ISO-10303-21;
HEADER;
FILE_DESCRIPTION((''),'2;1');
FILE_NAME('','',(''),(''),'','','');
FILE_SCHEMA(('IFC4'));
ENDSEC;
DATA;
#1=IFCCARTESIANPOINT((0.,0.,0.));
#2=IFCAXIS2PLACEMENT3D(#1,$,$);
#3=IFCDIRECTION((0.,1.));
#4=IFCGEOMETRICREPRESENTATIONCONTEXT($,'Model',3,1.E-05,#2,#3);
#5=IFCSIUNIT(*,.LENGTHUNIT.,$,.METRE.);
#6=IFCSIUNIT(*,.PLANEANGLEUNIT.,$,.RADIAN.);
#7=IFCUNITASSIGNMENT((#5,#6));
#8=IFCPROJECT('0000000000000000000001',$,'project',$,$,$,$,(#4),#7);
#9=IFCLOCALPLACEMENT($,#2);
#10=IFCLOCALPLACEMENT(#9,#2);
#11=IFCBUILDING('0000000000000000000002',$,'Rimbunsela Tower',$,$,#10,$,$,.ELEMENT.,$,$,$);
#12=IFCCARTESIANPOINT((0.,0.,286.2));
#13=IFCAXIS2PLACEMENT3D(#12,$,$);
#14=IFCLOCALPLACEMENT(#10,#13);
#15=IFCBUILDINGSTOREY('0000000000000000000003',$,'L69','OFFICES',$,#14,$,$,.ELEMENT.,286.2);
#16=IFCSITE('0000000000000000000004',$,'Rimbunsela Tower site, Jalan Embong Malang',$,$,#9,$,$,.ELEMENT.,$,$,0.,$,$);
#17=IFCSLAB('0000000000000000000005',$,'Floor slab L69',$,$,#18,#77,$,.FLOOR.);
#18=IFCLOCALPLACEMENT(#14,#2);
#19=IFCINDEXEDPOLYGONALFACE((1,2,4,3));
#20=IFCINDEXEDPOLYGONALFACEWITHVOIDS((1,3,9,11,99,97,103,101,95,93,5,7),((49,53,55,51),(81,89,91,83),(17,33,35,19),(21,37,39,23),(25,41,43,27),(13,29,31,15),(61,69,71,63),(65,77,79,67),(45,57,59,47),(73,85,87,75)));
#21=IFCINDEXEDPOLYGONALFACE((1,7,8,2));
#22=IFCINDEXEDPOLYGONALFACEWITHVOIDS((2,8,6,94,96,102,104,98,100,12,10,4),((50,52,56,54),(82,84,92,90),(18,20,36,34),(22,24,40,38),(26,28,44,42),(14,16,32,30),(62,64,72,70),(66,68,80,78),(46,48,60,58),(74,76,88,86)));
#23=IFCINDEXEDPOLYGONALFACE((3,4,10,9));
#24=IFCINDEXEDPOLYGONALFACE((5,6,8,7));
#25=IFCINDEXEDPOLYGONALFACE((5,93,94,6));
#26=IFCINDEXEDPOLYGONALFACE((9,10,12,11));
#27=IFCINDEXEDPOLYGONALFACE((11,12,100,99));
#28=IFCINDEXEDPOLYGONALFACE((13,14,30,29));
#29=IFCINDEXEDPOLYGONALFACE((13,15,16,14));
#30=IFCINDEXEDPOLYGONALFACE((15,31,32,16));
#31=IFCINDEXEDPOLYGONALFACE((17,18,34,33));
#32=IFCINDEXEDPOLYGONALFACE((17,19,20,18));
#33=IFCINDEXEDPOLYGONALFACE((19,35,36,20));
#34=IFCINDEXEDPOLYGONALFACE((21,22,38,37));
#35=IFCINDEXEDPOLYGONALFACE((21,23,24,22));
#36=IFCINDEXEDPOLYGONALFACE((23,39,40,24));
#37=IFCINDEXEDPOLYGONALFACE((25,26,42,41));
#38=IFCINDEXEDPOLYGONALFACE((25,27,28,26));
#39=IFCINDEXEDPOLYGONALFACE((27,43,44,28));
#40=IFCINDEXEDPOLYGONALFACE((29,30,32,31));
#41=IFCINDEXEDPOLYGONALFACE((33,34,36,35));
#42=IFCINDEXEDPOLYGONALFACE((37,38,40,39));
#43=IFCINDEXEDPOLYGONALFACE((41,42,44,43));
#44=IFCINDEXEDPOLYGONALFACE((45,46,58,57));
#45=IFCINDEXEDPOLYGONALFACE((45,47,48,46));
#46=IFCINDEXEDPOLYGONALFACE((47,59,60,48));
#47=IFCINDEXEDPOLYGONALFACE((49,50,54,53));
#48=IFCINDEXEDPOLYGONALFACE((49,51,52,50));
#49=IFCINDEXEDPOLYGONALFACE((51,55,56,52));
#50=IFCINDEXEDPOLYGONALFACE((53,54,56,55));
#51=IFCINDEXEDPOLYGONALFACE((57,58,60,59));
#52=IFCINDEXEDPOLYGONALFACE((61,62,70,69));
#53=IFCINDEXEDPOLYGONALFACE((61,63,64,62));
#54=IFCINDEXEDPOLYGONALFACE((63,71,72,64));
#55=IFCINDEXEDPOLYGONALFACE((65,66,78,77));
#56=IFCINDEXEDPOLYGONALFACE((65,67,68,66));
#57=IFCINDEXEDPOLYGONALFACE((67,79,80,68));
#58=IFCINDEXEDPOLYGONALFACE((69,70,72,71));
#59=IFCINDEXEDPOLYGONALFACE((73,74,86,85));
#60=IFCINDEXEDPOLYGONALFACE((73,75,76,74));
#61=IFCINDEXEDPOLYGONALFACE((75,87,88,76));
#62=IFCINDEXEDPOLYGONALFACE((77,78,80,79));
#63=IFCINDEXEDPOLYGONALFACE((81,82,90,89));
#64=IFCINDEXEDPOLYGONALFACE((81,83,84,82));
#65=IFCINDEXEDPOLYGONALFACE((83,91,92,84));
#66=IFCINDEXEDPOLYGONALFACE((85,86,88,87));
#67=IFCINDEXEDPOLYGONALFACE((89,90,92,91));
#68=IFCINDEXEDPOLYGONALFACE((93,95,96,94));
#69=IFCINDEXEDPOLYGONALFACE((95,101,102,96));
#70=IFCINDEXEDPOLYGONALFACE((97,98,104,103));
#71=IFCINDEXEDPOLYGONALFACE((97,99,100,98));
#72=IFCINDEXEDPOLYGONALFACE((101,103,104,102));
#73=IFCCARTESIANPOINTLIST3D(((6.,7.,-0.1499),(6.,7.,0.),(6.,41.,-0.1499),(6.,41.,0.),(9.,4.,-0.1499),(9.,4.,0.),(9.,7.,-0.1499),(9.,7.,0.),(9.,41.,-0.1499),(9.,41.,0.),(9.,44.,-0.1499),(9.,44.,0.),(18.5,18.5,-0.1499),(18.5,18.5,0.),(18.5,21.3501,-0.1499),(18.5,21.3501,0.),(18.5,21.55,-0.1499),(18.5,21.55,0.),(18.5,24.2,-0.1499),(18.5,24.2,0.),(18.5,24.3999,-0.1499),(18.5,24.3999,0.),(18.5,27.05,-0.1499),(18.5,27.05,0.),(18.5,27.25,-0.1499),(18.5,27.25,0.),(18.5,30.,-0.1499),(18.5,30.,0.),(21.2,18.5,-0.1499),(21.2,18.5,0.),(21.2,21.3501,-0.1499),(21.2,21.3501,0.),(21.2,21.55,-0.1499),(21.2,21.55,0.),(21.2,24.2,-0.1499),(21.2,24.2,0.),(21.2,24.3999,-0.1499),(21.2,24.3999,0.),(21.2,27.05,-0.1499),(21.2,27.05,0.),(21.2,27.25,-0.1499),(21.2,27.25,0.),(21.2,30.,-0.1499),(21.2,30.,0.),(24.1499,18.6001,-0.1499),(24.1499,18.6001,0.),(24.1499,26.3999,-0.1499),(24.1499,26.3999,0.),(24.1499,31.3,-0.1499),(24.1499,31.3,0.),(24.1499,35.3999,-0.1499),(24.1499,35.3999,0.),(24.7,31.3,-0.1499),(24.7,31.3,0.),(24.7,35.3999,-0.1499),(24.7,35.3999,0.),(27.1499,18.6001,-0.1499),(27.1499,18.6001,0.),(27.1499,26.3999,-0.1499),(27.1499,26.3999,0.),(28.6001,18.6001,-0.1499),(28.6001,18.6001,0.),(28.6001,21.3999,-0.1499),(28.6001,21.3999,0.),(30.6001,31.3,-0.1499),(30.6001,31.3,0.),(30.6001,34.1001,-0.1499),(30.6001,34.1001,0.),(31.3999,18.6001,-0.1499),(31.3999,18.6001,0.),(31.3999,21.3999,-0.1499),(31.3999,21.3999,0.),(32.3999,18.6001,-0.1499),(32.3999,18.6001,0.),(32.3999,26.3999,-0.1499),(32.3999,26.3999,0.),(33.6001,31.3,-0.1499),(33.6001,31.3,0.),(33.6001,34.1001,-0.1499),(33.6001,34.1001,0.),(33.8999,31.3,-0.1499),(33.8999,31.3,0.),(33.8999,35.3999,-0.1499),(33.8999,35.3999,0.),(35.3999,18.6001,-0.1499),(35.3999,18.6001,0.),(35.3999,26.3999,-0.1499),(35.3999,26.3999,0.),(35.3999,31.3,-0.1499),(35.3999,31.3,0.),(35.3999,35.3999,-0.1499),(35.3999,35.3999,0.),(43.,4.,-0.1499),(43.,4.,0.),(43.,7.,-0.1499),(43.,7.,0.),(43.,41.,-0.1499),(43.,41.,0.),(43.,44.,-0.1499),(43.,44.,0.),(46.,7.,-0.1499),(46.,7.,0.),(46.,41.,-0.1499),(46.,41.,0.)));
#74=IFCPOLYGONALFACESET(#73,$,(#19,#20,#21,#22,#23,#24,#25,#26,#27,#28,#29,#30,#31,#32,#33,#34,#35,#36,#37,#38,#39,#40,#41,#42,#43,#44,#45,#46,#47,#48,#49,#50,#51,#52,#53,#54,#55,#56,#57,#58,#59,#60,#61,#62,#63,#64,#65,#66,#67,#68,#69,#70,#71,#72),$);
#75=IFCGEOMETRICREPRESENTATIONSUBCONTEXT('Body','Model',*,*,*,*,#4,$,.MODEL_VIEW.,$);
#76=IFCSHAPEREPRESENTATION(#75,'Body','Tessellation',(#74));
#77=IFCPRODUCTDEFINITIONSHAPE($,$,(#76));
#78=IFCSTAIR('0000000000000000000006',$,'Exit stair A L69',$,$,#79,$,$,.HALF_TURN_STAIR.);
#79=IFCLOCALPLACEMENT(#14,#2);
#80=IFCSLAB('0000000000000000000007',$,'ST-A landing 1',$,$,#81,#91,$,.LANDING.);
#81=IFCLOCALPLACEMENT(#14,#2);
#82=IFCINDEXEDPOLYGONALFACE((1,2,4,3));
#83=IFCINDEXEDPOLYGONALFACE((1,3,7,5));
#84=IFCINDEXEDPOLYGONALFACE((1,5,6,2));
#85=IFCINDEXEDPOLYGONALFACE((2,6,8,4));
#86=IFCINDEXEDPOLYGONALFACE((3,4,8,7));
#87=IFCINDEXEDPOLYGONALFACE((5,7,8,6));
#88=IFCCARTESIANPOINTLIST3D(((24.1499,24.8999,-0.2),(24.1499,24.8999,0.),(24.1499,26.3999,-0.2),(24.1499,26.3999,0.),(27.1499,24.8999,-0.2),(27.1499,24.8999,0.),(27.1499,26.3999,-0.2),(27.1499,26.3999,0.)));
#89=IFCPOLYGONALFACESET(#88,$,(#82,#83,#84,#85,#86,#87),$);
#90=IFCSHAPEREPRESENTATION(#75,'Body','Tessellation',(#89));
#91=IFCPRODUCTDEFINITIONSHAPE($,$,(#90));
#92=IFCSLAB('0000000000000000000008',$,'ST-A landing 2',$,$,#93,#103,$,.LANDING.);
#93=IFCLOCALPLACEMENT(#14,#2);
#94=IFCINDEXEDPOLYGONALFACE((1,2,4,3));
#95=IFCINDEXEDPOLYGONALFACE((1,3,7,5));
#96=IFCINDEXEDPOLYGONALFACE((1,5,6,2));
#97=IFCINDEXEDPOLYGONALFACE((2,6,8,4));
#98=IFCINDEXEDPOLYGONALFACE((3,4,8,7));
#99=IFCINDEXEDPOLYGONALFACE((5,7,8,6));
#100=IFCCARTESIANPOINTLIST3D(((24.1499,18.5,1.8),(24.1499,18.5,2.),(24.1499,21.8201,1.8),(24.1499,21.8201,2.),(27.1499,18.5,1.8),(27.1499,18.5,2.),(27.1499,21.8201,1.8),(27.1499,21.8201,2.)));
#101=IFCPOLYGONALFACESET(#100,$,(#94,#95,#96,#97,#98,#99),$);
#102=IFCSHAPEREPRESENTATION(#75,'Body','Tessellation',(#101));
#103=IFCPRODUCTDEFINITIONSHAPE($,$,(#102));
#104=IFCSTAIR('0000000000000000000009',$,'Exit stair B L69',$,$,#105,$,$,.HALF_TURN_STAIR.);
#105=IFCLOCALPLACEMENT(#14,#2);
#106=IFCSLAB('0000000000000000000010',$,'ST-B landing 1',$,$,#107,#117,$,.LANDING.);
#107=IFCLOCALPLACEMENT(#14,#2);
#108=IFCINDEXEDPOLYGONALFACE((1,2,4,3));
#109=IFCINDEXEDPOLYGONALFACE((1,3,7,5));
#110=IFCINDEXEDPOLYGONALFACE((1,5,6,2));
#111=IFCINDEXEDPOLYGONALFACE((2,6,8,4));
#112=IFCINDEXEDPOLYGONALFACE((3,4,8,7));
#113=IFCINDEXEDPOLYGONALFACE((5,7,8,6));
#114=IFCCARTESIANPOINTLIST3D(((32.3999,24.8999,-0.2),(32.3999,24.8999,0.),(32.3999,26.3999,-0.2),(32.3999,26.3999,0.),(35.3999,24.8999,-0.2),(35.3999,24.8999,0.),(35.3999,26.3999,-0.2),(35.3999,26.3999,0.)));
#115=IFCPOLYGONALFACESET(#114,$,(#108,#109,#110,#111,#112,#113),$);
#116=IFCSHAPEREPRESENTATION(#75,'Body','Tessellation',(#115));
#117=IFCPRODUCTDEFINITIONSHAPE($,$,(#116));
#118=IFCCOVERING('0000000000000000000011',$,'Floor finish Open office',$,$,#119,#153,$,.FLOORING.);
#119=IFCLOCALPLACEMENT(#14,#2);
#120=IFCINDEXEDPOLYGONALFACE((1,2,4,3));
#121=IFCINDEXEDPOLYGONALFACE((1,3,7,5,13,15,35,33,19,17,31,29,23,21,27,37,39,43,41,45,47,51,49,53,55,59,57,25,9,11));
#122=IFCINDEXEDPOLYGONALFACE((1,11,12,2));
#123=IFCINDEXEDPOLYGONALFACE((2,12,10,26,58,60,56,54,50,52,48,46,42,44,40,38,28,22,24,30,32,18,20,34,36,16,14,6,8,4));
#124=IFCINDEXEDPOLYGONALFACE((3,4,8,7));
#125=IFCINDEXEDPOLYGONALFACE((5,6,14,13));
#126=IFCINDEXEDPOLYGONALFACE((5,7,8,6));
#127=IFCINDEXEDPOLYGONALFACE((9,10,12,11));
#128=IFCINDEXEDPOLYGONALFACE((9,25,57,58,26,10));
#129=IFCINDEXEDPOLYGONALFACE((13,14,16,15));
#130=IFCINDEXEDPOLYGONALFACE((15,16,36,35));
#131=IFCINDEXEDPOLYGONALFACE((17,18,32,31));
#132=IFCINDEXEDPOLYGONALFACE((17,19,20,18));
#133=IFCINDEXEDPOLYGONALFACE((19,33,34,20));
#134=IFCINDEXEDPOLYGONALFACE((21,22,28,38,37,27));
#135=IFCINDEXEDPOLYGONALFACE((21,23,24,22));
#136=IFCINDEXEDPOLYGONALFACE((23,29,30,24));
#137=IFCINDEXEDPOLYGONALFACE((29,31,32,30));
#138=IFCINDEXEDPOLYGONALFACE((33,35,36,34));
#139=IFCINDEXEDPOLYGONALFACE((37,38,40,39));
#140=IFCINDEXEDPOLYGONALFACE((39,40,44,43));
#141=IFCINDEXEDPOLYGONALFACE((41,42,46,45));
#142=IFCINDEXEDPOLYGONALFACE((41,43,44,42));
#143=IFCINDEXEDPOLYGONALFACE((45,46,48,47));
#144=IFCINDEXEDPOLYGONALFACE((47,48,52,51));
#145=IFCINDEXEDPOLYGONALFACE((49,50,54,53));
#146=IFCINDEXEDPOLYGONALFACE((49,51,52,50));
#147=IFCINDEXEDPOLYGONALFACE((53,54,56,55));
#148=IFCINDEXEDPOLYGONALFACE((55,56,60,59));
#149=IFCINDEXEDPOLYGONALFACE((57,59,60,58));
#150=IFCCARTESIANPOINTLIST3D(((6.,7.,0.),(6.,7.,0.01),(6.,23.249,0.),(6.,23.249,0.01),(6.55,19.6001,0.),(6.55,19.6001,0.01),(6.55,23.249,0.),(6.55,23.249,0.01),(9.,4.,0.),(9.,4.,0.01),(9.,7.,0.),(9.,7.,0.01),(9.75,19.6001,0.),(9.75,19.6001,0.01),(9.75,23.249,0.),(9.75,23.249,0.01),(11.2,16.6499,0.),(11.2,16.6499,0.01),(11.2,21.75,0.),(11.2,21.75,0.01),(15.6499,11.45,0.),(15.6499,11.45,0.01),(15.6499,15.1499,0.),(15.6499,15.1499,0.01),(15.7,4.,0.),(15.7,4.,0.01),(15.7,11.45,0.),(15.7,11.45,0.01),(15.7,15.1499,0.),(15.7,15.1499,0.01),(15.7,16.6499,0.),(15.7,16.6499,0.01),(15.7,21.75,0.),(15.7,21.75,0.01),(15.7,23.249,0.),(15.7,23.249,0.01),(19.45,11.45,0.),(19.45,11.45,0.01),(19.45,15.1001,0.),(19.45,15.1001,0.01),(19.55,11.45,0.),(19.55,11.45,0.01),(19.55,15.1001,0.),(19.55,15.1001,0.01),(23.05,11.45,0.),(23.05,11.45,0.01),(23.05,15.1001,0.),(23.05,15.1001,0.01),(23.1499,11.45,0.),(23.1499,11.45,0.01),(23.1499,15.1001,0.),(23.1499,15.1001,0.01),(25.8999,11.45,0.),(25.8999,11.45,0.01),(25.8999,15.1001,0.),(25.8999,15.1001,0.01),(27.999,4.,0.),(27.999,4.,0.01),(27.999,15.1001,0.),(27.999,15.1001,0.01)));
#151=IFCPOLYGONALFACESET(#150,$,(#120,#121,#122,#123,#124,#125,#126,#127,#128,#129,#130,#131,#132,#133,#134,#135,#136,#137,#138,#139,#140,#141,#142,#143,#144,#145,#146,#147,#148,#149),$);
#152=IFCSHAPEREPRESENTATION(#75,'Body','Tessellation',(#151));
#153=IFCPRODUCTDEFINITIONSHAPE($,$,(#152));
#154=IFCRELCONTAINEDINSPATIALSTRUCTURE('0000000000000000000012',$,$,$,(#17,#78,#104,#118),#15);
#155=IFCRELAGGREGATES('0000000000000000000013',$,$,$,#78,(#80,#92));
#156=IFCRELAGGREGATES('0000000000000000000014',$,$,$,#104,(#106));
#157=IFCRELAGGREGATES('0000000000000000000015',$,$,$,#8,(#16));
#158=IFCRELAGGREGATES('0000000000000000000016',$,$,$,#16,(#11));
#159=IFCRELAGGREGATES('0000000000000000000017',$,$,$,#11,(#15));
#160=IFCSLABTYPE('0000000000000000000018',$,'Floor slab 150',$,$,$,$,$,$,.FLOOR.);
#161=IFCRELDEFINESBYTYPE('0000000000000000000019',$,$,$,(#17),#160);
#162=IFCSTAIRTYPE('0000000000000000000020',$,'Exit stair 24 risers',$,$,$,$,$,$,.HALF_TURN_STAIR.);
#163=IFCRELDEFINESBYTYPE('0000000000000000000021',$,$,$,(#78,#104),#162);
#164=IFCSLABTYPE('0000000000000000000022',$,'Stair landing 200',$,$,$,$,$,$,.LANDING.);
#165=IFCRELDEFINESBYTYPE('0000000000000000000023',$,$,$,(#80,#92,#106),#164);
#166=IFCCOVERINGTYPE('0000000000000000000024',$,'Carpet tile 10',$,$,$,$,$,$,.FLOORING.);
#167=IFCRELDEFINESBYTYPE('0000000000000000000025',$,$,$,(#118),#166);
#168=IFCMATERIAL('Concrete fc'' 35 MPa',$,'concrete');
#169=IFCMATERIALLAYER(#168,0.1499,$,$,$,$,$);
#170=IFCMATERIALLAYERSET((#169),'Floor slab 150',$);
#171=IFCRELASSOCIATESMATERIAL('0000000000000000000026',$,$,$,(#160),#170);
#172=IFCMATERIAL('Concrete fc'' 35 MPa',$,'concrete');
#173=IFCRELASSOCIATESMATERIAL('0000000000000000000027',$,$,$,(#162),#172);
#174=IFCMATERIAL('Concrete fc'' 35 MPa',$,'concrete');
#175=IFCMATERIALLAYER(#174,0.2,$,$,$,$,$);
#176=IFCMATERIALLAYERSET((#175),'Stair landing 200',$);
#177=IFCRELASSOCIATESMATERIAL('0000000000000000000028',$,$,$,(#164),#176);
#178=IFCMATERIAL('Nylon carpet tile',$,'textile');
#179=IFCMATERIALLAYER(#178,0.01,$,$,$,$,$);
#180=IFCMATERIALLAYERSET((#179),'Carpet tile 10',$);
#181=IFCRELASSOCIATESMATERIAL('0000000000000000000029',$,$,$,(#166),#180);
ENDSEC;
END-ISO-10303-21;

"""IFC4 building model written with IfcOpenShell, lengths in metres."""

from ifc_helpers import new_model, si_unit, direction, frame, origin, place, context, subcontext, project, spatial, polyline, outline, extrude, material, layer, layer_set, type_object, element, aggregate, save


model = new_model("IFC4")

# Units and contexts
model_context = context("Model", 3, precision=1e-05, world=origin(), true_north=direction((0.0, 1.0)))
body_context = subcontext(model_context, "Body", "Model", "MODEL_VIEW")
ifc_project = project(units=[si_unit("LENGTHUNIT", "METRE"), si_unit("PLANEANGLEUNIT", "RADIAN")], contexts=[model_context])

# Site, building, storey
site_placement = place(None, origin())
site = spatial("IfcSite", under=ifc_project, at=site_placement, Name="Rimbunsela Tower site, Jalan Embong Malang", CompositionType="ELEMENT", RefElevation=0.0)
building_placement = place(site_placement, origin())
building = spatial("IfcBuilding", under=site, at=building_placement, Name="Rimbunsela Tower", CompositionType="ELEMENT")
storey_placement = place(building_placement, frame((0.0, 0.0, 286.2)))
storey = spatial("IfcBuildingStorey", under=building, at=storey_placement, Name="L69", Description="OFFICES", CompositionType="ELEMENT", Elevation=286.2)

# Slab
ifc_material_1 = material(Name="Concrete fc' 35 MPa", Category="concrete")
ifc_layer_1 = layer(ifc_material_1, 0.1499)
ifc_layer_set_1 = layer_set([ifc_layer_1], Name="Floor slab 150")
slab_type_1 = type_object("IfcSlabType", Name="Floor slab 150", PredefinedType="FLOOR", material=ifc_layer_set_1)
slab_1_placement = place(storey_placement, frame((0.0, 0.0, -0.1499)))
element("IfcSlab", 1, at=slab_1_placement, inside=storey, type_object=slab_type_1, Name="Floor slab L69", PredefinedType="FLOOR", context=body_context, shape_type="SweptSolid", body=[
    extrude(outline(polyline([(9.0, 4.0), (43.0, 4.0), (43.0, 7.0), (46.0, 7.0), (46.0, 41.0), (43.0, 41.0), (43.0, 44.0), (9.0, 44.0), (9.0, 41.0), (6.0, 41.0), (6.0, 7.0), (9.0, 7.0), (9.0, 4.0)]), holes=[polyline([(21.2, 21.3501), (18.5, 21.3501), (18.5, 18.5), (21.2, 18.5), (21.2, 21.3501)]), polyline([(21.2, 21.55), (21.2, 24.2), (18.5, 24.2), (18.5, 21.55), (21.2, 21.55)]), polyline([(21.2, 27.05), (18.5, 27.05), (18.5, 24.3999), (21.2, 24.3999), (21.2, 27.05)]), polyline([(21.2, 30.0), (18.5, 30.0), (18.5, 27.25), (21.2, 27.25), (21.2, 30.0)]), polyline([(27.1499, 26.3999), (24.1499, 26.3999), (24.1499, 18.6001), (27.1499, 18.6001), (27.1499, 26.3999)]), polyline([(24.7, 31.3), (24.7, 35.3999), (24.1499, 35.3999), (24.1499, 31.3), (24.7, 31.3)]), polyline([(31.3999, 21.3999), (28.6001, 21.3999), (28.6001, 18.6001), (31.3999, 18.6001), (31.3999, 21.3999)]), polyline([(33.6001, 34.1001), (30.6001, 34.1001), (30.6001, 31.3), (33.6001, 31.3), (33.6001, 34.1001)]), polyline([(35.3999, 18.6001), (35.3999, 26.3999), (32.3999, 26.3999), (32.3999, 18.6001), (35.3999, 18.6001)]), polyline([(35.3999, 31.3), (35.3999, 35.3999), (33.8999, 35.3999), (33.8999, 31.3), (35.3999, 31.3)])]), origin(), (0.0, 0.0, 1.0), 0.1499),
])

# Stair, slabs
ifc_material_2 = material(Name="Concrete fc' 35 MPa", Category="concrete")
stair_type = type_object("IfcStairType", Name="Exit stair 24 risers", PredefinedType="HALF_TURN_STAIR", material=ifc_material_2)
stair_1_placement = place(storey_placement, origin())
stair_1 = element("IfcStair", 2, at=stair_1_placement, inside=storey, type_object=stair_type, Name="Exit stair A L69", PredefinedType="HALF_TURN_STAIR")
ifc_material_3 = material(Name="Concrete fc' 35 MPa", Category="concrete")
ifc_layer_2 = layer(ifc_material_3, 0.2)
ifc_layer_set_2 = layer_set([ifc_layer_2], Name="Stair landing 200")
slab_type_2 = type_object("IfcSlabType", Name="Stair landing 200", PredefinedType="LANDING", material=ifc_layer_set_2)
slab_2_placement = place(storey_placement, frame((0.0, 0.0, -0.2)))
slab_2 = element("IfcSlab", 3, at=slab_2_placement, type_object=slab_type_2, Name="ST-A landing 1", PredefinedType="LANDING", context=body_context, shape_type="SweptSolid", body=[
    extrude(outline(polyline([(24.1499, 24.8999), (27.1499, 24.8999), (27.1499, 26.3999), (24.1499, 26.3999), (24.1499, 24.8999)])), origin(), (0.0, 0.0, 1.0), 0.2),
])
slab_3_placement = place(storey_placement, frame((0.0, 0.0, 1.8)))
slab_3 = element("IfcSlab", 4, at=slab_3_placement, type_object=slab_type_2, Name="ST-A landing 2", PredefinedType="LANDING", context=body_context, shape_type="SweptSolid", body=[
    extrude(outline(polyline([(24.1499, 18.5), (27.1499, 18.5), (27.1499, 21.8201), (24.1499, 21.8201), (24.1499, 18.5)])), origin(), (0.0, 0.0, 1.0), 0.2),
])
aggregate(stair_1, [slab_2, slab_3])

# Stair, slab
stair_2_placement = place(storey_placement, origin())
stair_2 = element("IfcStair", 5, at=stair_2_placement, inside=storey, type_object=stair_type, Name="Exit stair B L69", PredefinedType="HALF_TURN_STAIR")
slab_4_placement = place(storey_placement, frame((0.0, 0.0, -0.2)))
slab_4 = element("IfcSlab", 6, at=slab_4_placement, type_object=slab_type_2, Name="ST-B landing 1", PredefinedType="LANDING", context=body_context, shape_type="SweptSolid", body=[
    extrude(outline(polyline([(32.3999, 24.8999), (35.3999, 24.8999), (35.3999, 26.3999), (32.3999, 26.3999), (32.3999, 24.8999)])), origin(), (0.0, 0.0, 1.0), 0.2),
])
aggregate(stair_2, [slab_4])

# Covering
ifc_material_4 = material(Name="Nylon carpet tile", Category="textile")
ifc_layer_3 = layer(ifc_material_4, 0.01)
ifc_layer_set_3 = layer_set([ifc_layer_3], Name="Carpet tile 10")
covering_type_1 = type_object("IfcCoveringType", Name="Carpet tile 10", PredefinedType="FLOORING", material=ifc_layer_set_3)
covering_1_placement = place(storey_placement, origin())
element("IfcCovering", 7, at=covering_1_placement, inside=storey, type_object=covering_type_1, Name="Floor finish Open office", PredefinedType="FLOORING", context=body_context, shape_type="SweptSolid", body=[
    extrude(outline(polyline([(19.45, 15.1001), (19.55, 15.1001), (19.55, 11.45), (23.05, 11.45), (23.05, 15.1001), (23.1499, 15.1001), (23.1499, 11.45), (25.8999, 11.45), (25.8999, 15.1001), (27.999, 15.1001), (27.999, 4.0), (15.7, 4.0), (9.0, 4.0), (9.0, 7.0), (6.0, 7.0), (6.0, 23.249), (6.55, 23.249), (6.55, 19.6001), (9.75, 19.6001), (9.75, 23.249), (15.7, 23.249), (15.7, 21.75), (11.2, 21.75), (11.2, 16.6499), (15.7, 16.6499), (15.7, 15.1499), (15.6499, 15.1499), (15.6499, 11.45), (15.7, 11.45), (19.45, 11.45), (19.45, 15.1001)])), origin(), (0.0, 0.0, 1.0), 0.01),
])

save(model, "model.ifc")
